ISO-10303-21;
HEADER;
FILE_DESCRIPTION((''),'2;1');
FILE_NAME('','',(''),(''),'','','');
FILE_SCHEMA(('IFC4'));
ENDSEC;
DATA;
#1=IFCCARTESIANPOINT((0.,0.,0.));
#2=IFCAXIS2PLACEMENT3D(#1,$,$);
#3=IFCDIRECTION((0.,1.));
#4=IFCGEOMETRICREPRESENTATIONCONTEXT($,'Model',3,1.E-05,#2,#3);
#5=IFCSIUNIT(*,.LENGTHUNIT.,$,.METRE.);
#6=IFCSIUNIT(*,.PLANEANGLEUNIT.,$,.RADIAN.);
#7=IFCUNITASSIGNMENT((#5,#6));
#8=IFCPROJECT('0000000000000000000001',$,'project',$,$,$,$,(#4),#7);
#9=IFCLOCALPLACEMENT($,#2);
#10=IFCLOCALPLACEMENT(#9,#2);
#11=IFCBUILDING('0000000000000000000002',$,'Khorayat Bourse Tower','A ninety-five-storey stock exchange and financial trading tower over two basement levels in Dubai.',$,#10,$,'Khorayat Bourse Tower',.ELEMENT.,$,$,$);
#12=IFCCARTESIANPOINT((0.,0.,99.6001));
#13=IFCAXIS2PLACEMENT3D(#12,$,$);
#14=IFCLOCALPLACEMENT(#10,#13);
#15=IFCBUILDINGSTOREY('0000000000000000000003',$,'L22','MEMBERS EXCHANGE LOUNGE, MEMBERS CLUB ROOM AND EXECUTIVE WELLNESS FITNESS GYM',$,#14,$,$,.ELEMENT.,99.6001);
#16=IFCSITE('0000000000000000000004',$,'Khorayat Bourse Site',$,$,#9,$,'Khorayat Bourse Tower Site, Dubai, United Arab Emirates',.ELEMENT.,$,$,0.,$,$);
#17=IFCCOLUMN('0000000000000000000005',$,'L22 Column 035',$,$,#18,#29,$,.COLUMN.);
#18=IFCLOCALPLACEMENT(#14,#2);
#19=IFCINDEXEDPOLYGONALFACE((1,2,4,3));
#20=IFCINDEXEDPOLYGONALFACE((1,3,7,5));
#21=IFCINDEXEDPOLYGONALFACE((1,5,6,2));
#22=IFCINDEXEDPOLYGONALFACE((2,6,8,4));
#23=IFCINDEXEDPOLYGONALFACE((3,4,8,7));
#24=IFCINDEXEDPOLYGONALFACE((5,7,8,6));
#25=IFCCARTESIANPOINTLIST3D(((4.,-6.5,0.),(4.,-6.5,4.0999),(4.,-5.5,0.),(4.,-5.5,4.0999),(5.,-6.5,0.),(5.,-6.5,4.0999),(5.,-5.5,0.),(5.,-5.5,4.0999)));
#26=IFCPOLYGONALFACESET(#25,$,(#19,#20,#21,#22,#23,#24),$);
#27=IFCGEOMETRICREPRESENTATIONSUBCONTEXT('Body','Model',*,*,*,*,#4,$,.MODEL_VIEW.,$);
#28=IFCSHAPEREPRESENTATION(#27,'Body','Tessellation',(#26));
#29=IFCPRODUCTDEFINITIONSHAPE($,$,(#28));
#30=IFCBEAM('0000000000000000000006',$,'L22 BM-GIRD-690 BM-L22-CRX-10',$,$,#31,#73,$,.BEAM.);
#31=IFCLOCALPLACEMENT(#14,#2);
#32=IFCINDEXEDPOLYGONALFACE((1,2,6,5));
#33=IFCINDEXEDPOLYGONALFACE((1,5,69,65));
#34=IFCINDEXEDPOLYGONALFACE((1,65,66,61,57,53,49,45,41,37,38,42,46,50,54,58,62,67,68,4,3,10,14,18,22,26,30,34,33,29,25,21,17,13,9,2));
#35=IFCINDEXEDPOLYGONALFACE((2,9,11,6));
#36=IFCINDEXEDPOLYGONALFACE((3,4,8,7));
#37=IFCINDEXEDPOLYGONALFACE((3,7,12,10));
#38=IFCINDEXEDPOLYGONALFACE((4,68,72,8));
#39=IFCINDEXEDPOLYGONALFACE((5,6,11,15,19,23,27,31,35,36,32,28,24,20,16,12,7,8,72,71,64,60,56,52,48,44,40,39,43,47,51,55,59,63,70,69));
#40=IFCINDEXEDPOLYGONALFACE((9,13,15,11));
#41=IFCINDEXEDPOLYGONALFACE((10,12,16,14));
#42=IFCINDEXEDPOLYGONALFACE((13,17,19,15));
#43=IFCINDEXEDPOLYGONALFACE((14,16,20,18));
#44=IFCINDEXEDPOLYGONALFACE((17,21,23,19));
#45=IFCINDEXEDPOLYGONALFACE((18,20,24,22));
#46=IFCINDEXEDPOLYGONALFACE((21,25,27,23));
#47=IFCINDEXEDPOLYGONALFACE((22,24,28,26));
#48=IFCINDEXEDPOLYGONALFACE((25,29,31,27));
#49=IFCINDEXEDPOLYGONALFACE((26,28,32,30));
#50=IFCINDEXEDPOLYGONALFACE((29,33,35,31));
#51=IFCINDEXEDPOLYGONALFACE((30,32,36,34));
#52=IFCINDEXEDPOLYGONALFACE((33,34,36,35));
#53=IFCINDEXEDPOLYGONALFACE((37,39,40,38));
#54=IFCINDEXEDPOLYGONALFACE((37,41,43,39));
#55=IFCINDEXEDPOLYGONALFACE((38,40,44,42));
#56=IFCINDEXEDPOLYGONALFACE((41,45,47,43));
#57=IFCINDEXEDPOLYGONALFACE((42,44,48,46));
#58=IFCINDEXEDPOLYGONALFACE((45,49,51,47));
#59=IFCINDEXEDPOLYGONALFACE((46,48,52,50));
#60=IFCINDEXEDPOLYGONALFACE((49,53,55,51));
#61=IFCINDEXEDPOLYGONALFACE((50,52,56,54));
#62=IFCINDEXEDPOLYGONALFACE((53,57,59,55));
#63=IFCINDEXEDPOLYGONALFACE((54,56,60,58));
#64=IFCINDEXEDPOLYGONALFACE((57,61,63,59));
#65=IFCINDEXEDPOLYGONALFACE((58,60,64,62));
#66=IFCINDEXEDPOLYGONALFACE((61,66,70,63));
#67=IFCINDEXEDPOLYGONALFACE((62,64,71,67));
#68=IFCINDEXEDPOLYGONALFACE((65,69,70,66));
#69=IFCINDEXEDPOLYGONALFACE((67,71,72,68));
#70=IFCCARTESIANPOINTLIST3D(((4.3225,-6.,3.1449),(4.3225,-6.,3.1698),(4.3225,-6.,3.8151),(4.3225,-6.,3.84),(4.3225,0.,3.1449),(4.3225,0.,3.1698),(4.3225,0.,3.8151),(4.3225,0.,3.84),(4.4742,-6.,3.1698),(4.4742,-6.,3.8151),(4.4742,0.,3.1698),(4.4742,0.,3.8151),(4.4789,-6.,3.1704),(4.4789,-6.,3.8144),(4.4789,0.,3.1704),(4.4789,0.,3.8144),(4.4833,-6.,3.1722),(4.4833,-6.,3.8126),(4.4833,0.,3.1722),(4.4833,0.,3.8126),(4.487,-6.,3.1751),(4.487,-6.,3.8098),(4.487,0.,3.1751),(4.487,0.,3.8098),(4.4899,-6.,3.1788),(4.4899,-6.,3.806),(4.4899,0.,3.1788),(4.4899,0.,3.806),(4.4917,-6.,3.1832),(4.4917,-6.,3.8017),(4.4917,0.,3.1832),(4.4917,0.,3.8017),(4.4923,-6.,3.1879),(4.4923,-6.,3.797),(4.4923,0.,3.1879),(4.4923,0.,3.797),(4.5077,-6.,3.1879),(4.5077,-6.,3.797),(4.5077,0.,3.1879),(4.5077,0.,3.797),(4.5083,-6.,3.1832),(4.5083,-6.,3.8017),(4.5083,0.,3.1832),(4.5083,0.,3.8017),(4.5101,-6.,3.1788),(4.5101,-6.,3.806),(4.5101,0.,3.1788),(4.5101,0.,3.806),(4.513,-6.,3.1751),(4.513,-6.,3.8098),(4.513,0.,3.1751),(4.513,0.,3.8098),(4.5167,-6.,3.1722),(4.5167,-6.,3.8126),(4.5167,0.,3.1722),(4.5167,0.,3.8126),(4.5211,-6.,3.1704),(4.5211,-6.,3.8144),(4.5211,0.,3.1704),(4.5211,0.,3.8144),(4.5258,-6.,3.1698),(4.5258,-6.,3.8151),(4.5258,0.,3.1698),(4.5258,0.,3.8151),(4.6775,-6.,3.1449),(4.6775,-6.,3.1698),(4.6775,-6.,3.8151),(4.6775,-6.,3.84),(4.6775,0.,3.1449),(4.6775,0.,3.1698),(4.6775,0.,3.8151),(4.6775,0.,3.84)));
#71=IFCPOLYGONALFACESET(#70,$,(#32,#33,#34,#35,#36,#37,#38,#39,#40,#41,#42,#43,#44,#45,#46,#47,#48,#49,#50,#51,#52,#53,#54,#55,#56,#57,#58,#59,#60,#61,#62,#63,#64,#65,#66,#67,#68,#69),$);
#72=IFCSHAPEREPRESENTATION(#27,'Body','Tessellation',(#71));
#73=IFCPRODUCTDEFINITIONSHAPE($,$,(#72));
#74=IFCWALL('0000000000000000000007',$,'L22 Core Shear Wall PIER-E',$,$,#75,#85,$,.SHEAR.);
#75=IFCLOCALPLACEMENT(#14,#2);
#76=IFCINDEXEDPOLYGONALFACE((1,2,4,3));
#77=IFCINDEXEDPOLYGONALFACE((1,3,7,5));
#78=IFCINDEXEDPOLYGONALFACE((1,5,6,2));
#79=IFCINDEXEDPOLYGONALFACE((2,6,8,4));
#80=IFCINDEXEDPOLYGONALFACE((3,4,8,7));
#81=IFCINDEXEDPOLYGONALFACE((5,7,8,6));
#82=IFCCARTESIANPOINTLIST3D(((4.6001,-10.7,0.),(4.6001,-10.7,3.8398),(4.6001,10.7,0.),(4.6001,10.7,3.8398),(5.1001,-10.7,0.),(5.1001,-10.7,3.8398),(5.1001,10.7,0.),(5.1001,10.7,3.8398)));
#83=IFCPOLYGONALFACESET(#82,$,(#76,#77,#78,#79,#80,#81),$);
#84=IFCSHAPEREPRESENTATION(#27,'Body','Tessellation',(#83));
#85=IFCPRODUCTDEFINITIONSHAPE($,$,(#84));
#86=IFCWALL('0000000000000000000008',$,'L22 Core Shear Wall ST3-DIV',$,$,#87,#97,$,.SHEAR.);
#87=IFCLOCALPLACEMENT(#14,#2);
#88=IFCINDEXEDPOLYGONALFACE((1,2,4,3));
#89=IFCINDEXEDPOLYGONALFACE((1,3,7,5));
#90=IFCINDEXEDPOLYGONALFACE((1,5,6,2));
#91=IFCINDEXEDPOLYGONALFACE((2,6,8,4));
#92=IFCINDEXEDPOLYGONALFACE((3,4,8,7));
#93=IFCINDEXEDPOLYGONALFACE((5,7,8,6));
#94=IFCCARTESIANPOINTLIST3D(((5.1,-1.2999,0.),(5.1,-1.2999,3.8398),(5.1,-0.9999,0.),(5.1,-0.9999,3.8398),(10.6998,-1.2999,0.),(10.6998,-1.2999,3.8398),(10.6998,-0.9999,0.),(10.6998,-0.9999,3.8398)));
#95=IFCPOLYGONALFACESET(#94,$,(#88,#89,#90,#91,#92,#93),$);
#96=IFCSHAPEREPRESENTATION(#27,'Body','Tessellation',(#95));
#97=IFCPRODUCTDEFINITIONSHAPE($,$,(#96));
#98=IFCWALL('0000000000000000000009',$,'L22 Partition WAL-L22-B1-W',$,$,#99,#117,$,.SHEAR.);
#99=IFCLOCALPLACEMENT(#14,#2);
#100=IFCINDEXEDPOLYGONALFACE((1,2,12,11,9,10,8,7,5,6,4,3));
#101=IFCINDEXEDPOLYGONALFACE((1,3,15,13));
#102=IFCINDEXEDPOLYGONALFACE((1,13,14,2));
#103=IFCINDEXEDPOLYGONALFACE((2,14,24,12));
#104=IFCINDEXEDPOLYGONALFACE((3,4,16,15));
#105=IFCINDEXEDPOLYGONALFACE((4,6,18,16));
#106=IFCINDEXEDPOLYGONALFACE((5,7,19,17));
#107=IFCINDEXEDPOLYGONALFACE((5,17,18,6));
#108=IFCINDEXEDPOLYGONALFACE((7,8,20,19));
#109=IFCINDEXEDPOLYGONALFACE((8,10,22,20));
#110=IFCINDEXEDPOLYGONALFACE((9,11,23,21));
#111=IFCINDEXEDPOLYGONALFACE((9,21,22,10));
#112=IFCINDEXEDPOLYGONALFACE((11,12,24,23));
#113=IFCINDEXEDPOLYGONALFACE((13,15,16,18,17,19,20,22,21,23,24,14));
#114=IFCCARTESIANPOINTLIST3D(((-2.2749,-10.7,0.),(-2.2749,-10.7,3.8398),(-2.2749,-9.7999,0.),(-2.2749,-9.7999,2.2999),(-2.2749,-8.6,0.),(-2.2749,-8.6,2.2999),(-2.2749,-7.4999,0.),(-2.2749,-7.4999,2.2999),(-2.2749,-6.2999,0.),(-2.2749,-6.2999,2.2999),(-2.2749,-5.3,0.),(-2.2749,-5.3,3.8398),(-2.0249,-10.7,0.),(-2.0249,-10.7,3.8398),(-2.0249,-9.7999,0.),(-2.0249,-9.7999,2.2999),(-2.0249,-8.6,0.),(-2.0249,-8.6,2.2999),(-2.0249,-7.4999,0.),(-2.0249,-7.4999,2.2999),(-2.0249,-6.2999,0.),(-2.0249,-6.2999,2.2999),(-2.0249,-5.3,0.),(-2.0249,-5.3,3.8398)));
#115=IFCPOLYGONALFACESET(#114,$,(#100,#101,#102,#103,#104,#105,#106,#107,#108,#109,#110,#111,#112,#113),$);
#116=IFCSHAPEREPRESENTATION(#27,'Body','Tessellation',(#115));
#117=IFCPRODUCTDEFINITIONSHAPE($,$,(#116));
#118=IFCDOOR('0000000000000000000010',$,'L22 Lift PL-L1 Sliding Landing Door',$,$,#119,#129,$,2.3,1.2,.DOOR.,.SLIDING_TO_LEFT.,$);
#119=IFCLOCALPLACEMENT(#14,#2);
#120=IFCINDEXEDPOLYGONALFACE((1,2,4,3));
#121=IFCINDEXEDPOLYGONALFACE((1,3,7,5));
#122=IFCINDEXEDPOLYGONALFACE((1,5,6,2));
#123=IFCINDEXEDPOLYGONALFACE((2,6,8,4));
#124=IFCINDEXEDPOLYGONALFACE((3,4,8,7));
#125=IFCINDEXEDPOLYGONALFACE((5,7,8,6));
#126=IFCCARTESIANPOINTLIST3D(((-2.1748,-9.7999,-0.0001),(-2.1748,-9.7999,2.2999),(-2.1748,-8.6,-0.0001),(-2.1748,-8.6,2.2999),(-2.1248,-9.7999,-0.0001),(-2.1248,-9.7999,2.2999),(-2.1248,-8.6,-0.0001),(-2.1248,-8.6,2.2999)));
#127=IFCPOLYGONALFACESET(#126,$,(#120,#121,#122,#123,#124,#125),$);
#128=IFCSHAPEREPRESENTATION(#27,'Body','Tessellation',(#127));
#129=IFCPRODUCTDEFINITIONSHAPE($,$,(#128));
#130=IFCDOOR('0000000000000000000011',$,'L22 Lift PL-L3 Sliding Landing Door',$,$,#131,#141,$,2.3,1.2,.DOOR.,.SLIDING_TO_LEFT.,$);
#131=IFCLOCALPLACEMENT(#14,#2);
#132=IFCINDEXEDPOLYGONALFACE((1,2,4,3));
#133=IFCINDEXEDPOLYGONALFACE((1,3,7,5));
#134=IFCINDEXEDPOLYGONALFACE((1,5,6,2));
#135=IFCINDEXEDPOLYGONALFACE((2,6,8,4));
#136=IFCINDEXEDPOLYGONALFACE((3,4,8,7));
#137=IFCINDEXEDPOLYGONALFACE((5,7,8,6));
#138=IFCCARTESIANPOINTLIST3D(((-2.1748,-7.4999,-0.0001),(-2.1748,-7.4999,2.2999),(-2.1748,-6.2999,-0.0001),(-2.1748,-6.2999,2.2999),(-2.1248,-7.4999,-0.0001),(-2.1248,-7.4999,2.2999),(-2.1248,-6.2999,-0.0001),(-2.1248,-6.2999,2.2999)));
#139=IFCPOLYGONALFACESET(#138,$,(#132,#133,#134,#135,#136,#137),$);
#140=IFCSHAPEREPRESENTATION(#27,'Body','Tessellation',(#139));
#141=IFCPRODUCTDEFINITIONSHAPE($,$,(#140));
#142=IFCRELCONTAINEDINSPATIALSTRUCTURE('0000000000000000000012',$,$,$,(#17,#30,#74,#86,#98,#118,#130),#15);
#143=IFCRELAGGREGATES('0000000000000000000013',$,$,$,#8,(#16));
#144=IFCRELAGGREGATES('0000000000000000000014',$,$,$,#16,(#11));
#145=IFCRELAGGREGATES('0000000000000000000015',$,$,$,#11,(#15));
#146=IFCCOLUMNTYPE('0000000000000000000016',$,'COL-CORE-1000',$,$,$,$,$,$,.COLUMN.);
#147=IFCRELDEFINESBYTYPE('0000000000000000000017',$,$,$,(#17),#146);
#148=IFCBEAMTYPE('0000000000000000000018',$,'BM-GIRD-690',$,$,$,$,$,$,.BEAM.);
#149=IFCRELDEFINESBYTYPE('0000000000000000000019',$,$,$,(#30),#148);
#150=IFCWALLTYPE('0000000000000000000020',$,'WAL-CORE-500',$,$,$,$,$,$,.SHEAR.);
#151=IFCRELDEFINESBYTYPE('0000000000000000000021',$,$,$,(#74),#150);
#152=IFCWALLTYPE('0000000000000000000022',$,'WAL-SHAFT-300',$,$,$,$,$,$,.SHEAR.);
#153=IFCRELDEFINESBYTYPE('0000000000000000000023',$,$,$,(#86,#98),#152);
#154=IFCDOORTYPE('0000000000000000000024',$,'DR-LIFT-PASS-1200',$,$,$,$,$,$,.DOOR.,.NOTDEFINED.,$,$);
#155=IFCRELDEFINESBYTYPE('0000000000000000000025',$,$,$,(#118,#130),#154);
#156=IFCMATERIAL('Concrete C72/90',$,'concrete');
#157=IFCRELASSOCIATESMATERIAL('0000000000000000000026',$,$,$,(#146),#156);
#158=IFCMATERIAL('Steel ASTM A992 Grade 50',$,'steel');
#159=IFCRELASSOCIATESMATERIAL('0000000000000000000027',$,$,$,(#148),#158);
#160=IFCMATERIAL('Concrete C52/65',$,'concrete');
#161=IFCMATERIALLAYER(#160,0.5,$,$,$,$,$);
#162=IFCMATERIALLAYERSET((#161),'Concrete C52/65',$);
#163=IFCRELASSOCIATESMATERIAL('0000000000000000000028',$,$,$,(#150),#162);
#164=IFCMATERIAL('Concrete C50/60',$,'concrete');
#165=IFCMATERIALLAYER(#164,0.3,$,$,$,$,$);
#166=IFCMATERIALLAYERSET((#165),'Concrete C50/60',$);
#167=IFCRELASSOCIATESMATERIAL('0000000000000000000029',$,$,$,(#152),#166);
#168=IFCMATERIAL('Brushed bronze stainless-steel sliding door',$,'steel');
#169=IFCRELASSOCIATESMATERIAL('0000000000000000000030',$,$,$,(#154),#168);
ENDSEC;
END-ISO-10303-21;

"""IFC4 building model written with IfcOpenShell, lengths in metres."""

from ifc_helpers import new_model, si_unit, direction, frame, frame_2d, origin, origin_2d, place, context, subcontext, project, spatial, rectangle, i_section, extrude, source, transform, mapped, material, layer, layer_set, material_profile, profile_set, type_object, element, fill, save


model = new_model("IFC4")

# Units and contexts
model_context = context("Model", 3, precision=1e-05, world=origin(), true_north=direction((0.0, 1.0)))
body_context = subcontext(model_context, "Body", "Model", "MODEL_VIEW")
ifc_project = project(units=[si_unit("LENGTHUNIT", "METRE"), si_unit("PLANEANGLEUNIT", "RADIAN")], contexts=[model_context])

# Site, building, storey
site_placement = place(None, origin())
site = spatial("IfcSite", under=ifc_project, at=site_placement, Name="Khorayat Bourse Site", LongName="Khorayat Bourse Tower Site, Dubai, United Arab Emirates", CompositionType="ELEMENT", RefElevation=0.0)
building_placement = place(site_placement, origin())
building = spatial("IfcBuilding", under=site, at=building_placement, Name="Khorayat Bourse Tower", Description="A ninety-five-storey stock exchange and financial trading tower over two basement levels in Dubai.", LongName="Khorayat Bourse Tower", CompositionType="ELEMENT")
storey_placement = place(building_placement, frame((0.0, 0.0, 99.6001)))
storey = spatial("IfcBuildingStorey", under=building, at=storey_placement, Name="L22", Description="MEMBERS EXCHANGE LOUNGE, MEMBERS CLUB ROOM AND EXECUTIVE WELLNESS FITNESS GYM", CompositionType="ELEMENT", Elevation=99.6001)

# Column
ifc_material_1 = material(Name="Concrete C72/90", Category="concrete")
ifc_material_profile_1 = material_profile(ifc_material_1, rectangle(XDim=1.0, YDim=1.0, at=origin_2d()), Name="RC 1000x1000")
ifc_profile_set_1 = profile_set([ifc_material_profile_1], Name="Concrete C72/90")
column_type = type_object("IfcColumnType", Name="COL-CORE-1000", PredefinedType="COLUMN", material=ifc_profile_set_1)
shared_shape_1 = source(origin(), body_context, "Body", "SweptSolid", [
    extrude(rectangle(XDim=1.0, YDim=1.0, at=origin_2d()), origin(), (0.0, 0.0, 1.0), 4.0999),
])
column_placement = place(storey_placement, frame((4.5, -6.0, 0.0), z_axis=(0.0, 0.0, 1.0), x_axis=(1.0, 0.0, 0.0)))
element("IfcColumn", 1, at=column_placement, inside=storey, type_object=column_type, Name="L22 Column 035", PredefinedType="COLUMN", context=body_context, shape_type="MappedRepresentation", body=[
    mapped(shared_shape_1, transform((0.0, 0.0, 0.0), scale=1.0)),
])

# Beam
ifc_material_2 = material(Name="Steel ASTM A992 Grade 50", Category="steel")
ifc_material_profile_2 = material_profile(ifc_material_2, i_section(OverallWidth=0.355, OverallDepth=0.6951, WebThickness=0.0154, FlangeThickness=0.0249, FilletRadius=0.0181, at=origin_2d()), Name="W690X217")
ifc_profile_set_2 = profile_set([ifc_material_profile_2], Name="Steel ASTM A992 Grade 50")
beam_type = type_object("IfcBeamType", Name="BM-GIRD-690", PredefinedType="BEAM", material=ifc_profile_set_2)
shared_shape_2 = source(origin(), body_context, "Body", "SweptSolid", [
    extrude(i_section(OverallWidth=0.355, OverallDepth=0.6951, WebThickness=0.0154, FlangeThickness=0.0249, FilletRadius=0.0181, at=origin_2d()), origin(), (0.0, 0.0, 1.0), 6.0),
])
beam_placement = place(storey_placement, frame((4.5, -6.0, 3.4924), z_axis=(0.0, 1.0, 0.0), x_axis=(-1.0, 0.0, 0.0)))
element("IfcBeam", 2, at=beam_placement, inside=storey, type_object=beam_type, Name="L22 BM-GIRD-690 BM-L22-CRX-10", PredefinedType="BEAM", context=body_context, shape_type="MappedRepresentation", body=[
    mapped(shared_shape_2, transform((0.0, 0.0, 0.0), scale=1.0)),
])

# Walls
ifc_material_3 = material(Name="Concrete C52/65", Category="concrete")
ifc_layer_1 = layer(ifc_material_3, 0.5)
ifc_layer_set_1 = layer_set([ifc_layer_1], Name="Concrete C52/65")
wall_type_1 = type_object("IfcWallType", Name="WAL-CORE-500", PredefinedType="SHEAR", material=ifc_layer_set_1)
shared_shape_3 = source(origin(), body_context, "Body", "SweptSolid", [
    extrude(rectangle(XDim=21.3999, YDim=0.5, at=frame_2d((10.7, 0.0))), origin(), (0.0, 0.0, 1.0), 3.8398),
])
wall_1_placement = place(storey_placement, frame((4.8501, -10.7, 0.0), z_axis=(0.0, 0.0, 1.0), x_axis=(0.0, 1.0, 0.0)))
element("IfcWall", 3, at=wall_1_placement, inside=storey, type_object=wall_type_1, Name="L22 Core Shear Wall PIER-E", PredefinedType="SHEAR", context=body_context, shape_type="MappedRepresentation", body=[
    mapped(shared_shape_3, transform((0.0, 0.0, 0.0), scale=1.0)),
])
ifc_material_4 = material(Name="Concrete C50/60", Category="concrete")
ifc_layer_2 = layer(ifc_material_4, 0.3)
ifc_layer_set_2 = layer_set([ifc_layer_2], Name="Concrete C50/60")
wall_type_2 = type_object("IfcWallType", Name="WAL-SHAFT-300", PredefinedType="SHEAR", material=ifc_layer_set_2)
shared_shape_4 = source(origin(), body_context, "Body", "SweptSolid", [
    extrude(rectangle(XDim=5.5999, YDim=0.3, at=frame_2d((2.7998, 0.0))), origin(), (0.0, 0.0, 1.0), 3.8398),
])
wall_2_placement = place(storey_placement, frame((5.1001, -1.1499, 0.0), z_axis=(0.0, 0.0, 1.0), x_axis=(1.0, 0.0, 0.0)))
element("IfcWall", 4, at=wall_2_placement, inside=storey, type_object=wall_type_2, Name="L22 Core Shear Wall ST3-DIV", PredefinedType="SHEAR", context=body_context, shape_type="MappedRepresentation", body=[
    mapped(shared_shape_4, transform((0.0, 0.0, 0.0), scale=1.0)),
])

# Wall, openings, doors
shared_shape_5 = source(origin(), body_context, "Body", "SweptSolid", [
    extrude(rectangle(XDim=5.3999, YDim=0.25, at=frame_2d((2.7, 0.0))), origin(), (0.0, 0.0, 1.0), 3.8398),
])
wall_3_placement = place(storey_placement, frame((-2.1499, -10.7, 0.0), z_axis=(0.0, 0.0, 1.0), x_axis=(0.0, 1.0, 0.0)))
wall_3 = element("IfcWall", 5, at=wall_3_placement, inside=storey, type_object=wall_type_2, Name="L22 Partition WAL-L22-B1-W", PredefinedType="SHEAR", context=body_context, shape_type="MappedRepresentation", body=[
    mapped(shared_shape_5, transform((0.0, 0.0, 0.0), scale=1.0)),
])
shared_shape_6 = source(origin(), body_context, "Body", "SweptSolid", [
    extrude(rectangle(XDim=1.2, YDim=2.3, at=frame_2d((0.6001, 1.1499))), frame((0.0, 0.135, 0.0), z_axis=(0.0, -1.0, 0.0), x_axis=(1.0, 0.0, 0.0)), (0.0, 0.0, 1.0), 0.27),
])
opening_1_placement = place(wall_3_placement, frame((0.8999, 0.0, 0.0)))
opening_1 = element("IfcOpeningElement", 6, at=opening_1_placement, cuts=wall_3, PredefinedType="OPENING", context=body_context, shape_type="MappedRepresentation", body=[
    mapped(shared_shape_6, transform((0.0, 0.0, 0.0), scale=1.0)),
])
opening_2_placement = place(wall_3_placement, frame((3.2, 0.0, 0.0)))
opening_2 = element("IfcOpeningElement", 7, at=opening_2_placement, cuts=wall_3, PredefinedType="OPENING", context=body_context, shape_type="MappedRepresentation", body=[
    mapped(shared_shape_6, transform((0.0, 0.0, 0.0), scale=1.0)),
])
ifc_material_5 = material(Name="Brushed bronze stainless-steel sliding door", Category="steel")
door_type_1 = type_object("IfcDoorType", Name="DR-LIFT-PASS-1200", OperationType="NOTDEFINED", PredefinedType="DOOR", material=ifc_material_5)
shared_shape_7 = source(origin(), body_context, "Body", "SweptSolid", [
    extrude(rectangle(XDim=1.2, YDim=2.3, at=frame_2d((0.6001, 1.1499))), frame((0.0, 0.0249, 0.0), z_axis=(0.0, -1.0, 0.0), x_axis=(1.0, 0.0, 0.0)), (0.0, 0.0, 1.0), 0.05),
])
door_1_placement = place(opening_1_placement, origin())
door_1 = element("IfcDoor", 8, at=door_1_placement, inside=storey, type_object=door_type_1, Name="L22 Lift PL-L1 Sliding Landing Door", OperationType="SLIDING_TO_LEFT", OverallHeight=2.3, OverallWidth=1.2, PredefinedType="DOOR", context=body_context, shape_type="MappedRepresentation", body=[
    mapped(shared_shape_7, transform((0.0, 0.0, 0.0), scale=1.0)),
])
fill(opening_1, door_1)
door_2_placement = place(opening_2_placement, origin())
door_2 = element("IfcDoor", 9, at=door_2_placement, inside=storey, type_object=door_type_1, Name="L22 Lift PL-L3 Sliding Landing Door", OperationType="SLIDING_TO_LEFT", OverallHeight=2.3, OverallWidth=1.2, PredefinedType="DOOR", context=body_context, shape_type="MappedRepresentation", body=[
    mapped(shared_shape_7, transform((0.0, 0.0, 0.0), scale=1.0)),
])
fill(opening_2, door_2)

save(model, "model.ifc")
